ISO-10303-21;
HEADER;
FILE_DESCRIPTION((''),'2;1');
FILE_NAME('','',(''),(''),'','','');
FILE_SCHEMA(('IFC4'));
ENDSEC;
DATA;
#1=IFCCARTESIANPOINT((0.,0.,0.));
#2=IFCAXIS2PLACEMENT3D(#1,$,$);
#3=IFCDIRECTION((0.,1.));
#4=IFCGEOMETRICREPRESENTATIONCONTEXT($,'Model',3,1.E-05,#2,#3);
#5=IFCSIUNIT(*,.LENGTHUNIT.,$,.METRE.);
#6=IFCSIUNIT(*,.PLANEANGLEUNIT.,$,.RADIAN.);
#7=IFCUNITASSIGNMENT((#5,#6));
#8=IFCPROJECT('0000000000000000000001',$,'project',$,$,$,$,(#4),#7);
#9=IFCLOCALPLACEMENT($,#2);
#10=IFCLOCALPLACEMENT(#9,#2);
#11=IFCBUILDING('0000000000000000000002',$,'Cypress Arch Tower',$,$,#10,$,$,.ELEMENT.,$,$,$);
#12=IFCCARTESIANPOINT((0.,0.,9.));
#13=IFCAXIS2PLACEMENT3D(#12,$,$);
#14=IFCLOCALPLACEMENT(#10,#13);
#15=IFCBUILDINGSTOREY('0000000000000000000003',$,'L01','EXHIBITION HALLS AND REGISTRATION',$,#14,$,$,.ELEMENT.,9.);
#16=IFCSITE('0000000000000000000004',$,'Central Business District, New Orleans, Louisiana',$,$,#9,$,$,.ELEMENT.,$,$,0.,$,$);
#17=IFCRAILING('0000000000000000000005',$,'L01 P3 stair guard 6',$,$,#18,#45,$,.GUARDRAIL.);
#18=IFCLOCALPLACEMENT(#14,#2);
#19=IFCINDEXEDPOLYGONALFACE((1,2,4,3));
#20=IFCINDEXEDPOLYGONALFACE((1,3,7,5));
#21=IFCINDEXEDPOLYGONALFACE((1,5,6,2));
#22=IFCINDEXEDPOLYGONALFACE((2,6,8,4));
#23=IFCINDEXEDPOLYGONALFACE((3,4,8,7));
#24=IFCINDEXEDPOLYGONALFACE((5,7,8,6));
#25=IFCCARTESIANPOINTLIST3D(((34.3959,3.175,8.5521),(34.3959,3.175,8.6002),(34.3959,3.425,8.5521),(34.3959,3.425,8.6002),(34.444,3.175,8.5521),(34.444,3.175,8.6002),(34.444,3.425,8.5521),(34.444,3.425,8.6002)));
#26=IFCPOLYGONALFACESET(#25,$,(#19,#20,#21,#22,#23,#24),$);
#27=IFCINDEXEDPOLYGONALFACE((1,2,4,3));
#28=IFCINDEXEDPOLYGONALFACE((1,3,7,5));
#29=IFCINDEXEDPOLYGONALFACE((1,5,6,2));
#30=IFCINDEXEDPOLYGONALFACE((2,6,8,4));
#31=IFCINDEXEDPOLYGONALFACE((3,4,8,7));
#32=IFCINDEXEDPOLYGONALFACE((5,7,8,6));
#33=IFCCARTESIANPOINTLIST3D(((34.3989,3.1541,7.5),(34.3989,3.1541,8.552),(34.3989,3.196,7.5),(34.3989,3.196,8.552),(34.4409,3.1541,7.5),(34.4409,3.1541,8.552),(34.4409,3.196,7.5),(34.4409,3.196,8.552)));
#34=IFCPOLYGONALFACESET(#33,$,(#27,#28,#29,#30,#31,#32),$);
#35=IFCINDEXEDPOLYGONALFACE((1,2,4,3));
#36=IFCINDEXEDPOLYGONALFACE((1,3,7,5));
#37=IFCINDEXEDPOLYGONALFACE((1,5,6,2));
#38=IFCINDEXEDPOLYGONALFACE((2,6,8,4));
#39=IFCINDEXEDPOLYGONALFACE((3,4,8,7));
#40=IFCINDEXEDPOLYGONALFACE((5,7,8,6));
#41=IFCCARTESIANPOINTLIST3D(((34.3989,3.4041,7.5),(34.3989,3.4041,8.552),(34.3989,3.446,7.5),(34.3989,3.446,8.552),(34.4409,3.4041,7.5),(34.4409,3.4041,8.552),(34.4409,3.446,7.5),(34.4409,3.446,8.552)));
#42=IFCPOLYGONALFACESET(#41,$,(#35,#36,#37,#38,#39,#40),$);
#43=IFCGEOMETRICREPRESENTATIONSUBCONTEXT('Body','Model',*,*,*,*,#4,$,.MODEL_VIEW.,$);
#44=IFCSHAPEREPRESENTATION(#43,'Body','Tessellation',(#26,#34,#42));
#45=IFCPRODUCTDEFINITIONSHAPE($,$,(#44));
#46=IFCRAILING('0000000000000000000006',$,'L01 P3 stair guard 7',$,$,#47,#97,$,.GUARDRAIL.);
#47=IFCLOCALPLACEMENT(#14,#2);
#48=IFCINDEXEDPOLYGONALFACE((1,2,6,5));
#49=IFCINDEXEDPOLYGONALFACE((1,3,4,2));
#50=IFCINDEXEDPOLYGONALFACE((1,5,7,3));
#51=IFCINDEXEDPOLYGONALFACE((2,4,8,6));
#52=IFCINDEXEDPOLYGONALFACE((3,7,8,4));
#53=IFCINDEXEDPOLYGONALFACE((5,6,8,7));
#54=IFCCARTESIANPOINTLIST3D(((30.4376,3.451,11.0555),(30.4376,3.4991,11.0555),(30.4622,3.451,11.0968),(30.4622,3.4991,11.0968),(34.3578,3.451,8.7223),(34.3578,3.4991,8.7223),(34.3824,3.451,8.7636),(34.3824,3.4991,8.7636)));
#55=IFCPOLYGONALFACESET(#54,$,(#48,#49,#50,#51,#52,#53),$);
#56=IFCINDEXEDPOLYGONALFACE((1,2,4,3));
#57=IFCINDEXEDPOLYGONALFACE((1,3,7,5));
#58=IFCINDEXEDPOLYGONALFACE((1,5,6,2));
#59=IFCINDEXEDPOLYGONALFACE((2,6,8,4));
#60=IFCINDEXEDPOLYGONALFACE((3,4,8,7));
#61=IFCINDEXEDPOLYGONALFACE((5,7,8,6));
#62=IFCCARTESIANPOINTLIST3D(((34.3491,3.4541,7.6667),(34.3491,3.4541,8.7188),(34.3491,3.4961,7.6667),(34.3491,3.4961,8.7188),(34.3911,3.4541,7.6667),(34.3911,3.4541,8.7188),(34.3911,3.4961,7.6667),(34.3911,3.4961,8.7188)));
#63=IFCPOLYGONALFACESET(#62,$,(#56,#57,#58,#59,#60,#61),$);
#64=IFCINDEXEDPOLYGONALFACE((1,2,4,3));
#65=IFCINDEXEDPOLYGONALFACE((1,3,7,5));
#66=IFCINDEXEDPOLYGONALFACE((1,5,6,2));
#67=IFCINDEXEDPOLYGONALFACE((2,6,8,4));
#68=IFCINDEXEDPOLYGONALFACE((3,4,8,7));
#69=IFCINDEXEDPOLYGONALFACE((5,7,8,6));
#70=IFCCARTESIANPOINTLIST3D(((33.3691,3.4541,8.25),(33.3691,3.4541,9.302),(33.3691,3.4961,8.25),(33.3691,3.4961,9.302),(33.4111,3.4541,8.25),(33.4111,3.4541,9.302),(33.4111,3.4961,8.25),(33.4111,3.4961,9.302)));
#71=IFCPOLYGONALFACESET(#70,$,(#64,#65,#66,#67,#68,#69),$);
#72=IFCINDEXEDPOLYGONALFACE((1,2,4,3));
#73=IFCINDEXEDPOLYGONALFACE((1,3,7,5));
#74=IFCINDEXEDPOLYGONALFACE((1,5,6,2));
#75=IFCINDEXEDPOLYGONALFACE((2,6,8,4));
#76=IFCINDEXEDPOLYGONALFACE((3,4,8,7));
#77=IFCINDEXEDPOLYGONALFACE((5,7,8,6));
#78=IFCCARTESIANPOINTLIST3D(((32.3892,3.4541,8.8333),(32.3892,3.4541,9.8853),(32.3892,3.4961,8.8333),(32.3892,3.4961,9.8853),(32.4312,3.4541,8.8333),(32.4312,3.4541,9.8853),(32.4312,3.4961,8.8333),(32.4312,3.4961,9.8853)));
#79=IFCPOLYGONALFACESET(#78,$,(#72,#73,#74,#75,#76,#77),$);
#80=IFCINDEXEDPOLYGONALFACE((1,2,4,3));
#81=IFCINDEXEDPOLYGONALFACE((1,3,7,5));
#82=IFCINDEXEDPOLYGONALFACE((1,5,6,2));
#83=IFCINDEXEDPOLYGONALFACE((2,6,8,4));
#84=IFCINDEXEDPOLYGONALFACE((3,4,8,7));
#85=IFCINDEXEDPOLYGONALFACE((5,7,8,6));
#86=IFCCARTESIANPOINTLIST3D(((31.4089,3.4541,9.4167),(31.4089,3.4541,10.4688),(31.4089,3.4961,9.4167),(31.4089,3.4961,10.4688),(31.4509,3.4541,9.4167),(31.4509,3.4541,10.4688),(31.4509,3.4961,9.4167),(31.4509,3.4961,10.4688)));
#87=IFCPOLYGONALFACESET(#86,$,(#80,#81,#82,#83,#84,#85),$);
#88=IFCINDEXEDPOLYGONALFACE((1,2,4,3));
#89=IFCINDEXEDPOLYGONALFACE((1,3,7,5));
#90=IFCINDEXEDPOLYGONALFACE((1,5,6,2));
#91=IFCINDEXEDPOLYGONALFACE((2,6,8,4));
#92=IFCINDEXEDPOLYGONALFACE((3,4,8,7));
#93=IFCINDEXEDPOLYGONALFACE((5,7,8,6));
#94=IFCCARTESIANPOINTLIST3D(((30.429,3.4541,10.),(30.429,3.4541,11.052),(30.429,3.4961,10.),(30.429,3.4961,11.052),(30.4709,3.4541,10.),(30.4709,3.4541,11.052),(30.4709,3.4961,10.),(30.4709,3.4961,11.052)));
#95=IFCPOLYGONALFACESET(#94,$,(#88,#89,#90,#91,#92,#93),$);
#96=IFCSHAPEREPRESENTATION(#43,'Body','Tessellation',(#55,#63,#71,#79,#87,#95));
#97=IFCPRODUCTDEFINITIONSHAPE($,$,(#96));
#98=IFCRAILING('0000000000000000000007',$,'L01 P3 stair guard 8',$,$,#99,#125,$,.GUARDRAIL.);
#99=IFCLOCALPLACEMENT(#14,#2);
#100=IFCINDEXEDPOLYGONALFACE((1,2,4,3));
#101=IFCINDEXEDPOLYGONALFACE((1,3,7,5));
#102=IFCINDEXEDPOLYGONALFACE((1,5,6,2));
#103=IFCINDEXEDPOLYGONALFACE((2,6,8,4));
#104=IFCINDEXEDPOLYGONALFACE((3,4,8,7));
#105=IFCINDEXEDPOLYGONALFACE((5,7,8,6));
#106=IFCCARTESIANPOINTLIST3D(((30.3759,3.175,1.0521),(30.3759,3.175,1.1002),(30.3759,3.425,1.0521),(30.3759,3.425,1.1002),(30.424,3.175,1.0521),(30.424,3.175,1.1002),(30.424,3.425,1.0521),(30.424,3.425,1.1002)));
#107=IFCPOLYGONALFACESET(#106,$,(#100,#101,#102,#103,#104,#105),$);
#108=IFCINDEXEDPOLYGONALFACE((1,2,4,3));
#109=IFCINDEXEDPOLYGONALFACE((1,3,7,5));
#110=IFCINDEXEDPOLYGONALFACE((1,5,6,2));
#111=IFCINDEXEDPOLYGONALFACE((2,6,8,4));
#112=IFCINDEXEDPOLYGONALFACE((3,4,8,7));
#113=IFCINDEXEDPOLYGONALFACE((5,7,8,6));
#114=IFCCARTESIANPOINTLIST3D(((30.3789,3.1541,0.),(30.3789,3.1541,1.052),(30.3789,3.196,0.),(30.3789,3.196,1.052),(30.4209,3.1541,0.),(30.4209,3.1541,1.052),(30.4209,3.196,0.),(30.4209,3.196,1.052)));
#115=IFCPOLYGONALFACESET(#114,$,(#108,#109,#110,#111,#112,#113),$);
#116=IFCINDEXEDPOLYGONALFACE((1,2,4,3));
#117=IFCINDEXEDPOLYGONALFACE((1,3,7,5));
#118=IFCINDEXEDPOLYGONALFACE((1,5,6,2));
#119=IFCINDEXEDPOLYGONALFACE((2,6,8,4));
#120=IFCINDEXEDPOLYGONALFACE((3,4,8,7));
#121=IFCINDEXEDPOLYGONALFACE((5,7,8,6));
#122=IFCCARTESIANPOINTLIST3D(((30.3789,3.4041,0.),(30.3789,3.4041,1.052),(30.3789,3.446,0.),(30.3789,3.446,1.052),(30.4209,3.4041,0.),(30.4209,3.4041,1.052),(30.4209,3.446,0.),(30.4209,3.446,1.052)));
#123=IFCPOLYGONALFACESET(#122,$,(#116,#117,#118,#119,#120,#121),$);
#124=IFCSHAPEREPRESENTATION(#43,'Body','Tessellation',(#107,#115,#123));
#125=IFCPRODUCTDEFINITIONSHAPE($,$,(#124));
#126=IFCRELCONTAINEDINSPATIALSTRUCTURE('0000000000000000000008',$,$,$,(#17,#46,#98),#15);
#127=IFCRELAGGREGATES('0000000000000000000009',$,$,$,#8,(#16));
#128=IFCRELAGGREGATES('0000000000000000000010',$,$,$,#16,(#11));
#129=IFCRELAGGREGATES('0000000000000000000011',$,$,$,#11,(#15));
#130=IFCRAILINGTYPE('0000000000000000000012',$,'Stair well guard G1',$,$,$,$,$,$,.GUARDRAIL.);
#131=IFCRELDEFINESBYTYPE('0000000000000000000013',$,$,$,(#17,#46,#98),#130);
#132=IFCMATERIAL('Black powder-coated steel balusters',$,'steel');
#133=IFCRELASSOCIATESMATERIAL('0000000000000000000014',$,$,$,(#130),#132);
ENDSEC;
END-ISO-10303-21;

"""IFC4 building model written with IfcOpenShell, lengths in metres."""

from ifc_helpers import new_model, si_unit, direction, frame, origin, origin_2d, place, context, subcontext, project, spatial, rectangle, extrude, material, type_object, element, save


model = new_model("IFC4")

# Units and contexts
model_context = context("Model", 3, precision=1e-05, world=origin(), true_north=direction((0.0, 1.0)))
body_context = subcontext(model_context, "Body", "Model", "MODEL_VIEW")
ifc_project = project(units=[si_unit("LENGTHUNIT", "METRE"), si_unit("PLANEANGLEUNIT", "RADIAN")], contexts=[model_context])

# Site, building, storey
site_placement = place(None, origin())
site = spatial("IfcSite", under=ifc_project, at=site_placement, Name="Central Business District, New Orleans, Louisiana", CompositionType="ELEMENT", RefElevation=0.0)
building_placement = place(site_placement, origin())
building = spatial("IfcBuilding", under=site, at=building_placement, Name="Cypress Arch Tower", CompositionType="ELEMENT")
storey_placement = place(building_placement, frame((0.0, 0.0, 9.0)))
storey = spatial("IfcBuildingStorey", under=building, at=storey_placement, Name="L01", Description="EXHIBITION HALLS AND REGISTRATION", CompositionType="ELEMENT", Elevation=9.0)

# Railings
ifc_material_1 = material(Name="Black powder-coated steel balusters", Category="steel")
railing_type_1 = type_object("IfcRailingType", Name="Stair well guard G1", PredefinedType="GUARDRAIL", material=ifc_material_1)
railing_1_placement = place(storey_placement, frame((34.4199, 3.175, 7.5)))
element("IfcRailing", 1, at=railing_1_placement, inside=storey, type_object=railing_type_1, Name="L01 P3 stair guard 6", PredefinedType="GUARDRAIL", context=body_context, shape_type="SweptSolid", body=[
    extrude(rectangle(XDim=0.0481, YDim=0.0481, at=origin_2d()), frame((0.0, 0.0, 1.0762), z_axis=(0.0, 1.0, 0.0), x_axis=(-1.0, 0.0, 0.0)), (0.0, 0.0, 1.0), 0.25),
    extrude(rectangle(XDim=0.042, YDim=0.042, at=origin_2d()), origin(), (0.0, 0.0, 1.0), 1.052),
    extrude(rectangle(XDim=0.042, YDim=0.042, at=origin_2d()), frame((0.0, 0.25, 0.0)), (0.0, 0.0, 1.0), 1.052),
])
railing_2_placement = place(storey_placement, frame((34.3701, 3.4751, 7.6667)))
element("IfcRailing", 2, at=railing_2_placement, inside=storey, type_object=railing_type_1, Name="L01 P3 stair guard 7", PredefinedType="GUARDRAIL", context=body_context, shape_type="SweptSolid", body=[
    extrude(rectangle(XDim=0.0481, YDim=0.0481, at=origin_2d()), frame((0.0, 0.0, 1.0762), z_axis=(-0.85931, 0.0, 0.511455), x_axis=(0.0, -1.0, 0.0)), (0.0, 0.0, 1.0), 4.562),
    extrude(rectangle(XDim=0.042, YDim=0.042, at=origin_2d()), origin(), (0.0, 0.0, 1.0), 1.052),
    extrude(rectangle(XDim=0.042, YDim=0.042, at=origin_2d()), frame((-0.98, 0.0, 0.5833)), (0.0, 0.0, 1.0), 1.052),
    extrude(rectangle(XDim=0.042, YDim=0.042, at=origin_2d()), frame((-1.96, 0.0, 1.1665)), (0.0, 0.0, 1.0), 1.052),
    extrude(rectangle(XDim=0.042, YDim=0.042, at=origin_2d()), frame((-2.9402, 0.0, 1.75)), (0.0, 0.0, 1.0), 1.052),
    extrude(rectangle(XDim=0.042, YDim=0.042, at=origin_2d()), frame((-3.9202, 0.0, 2.3333)), (0.0, 0.0, 1.0), 1.052),
])
railing_3_placement = place(storey_placement, frame((30.3999, 3.175, 0.0)))
element("IfcRailing", 3, at=railing_3_placement, inside=storey, type_object=railing_type_1, Name="L01 P3 stair guard 8", PredefinedType="GUARDRAIL", context=body_context, shape_type="SweptSolid", body=[
    extrude(rectangle(XDim=0.0481, YDim=0.0481, at=origin_2d()), frame((0.0, 0.0, 1.0762), z_axis=(0.0, 1.0, 0.0), x_axis=(-1.0, 0.0, 0.0)), (0.0, 0.0, 1.0), 0.25),
    extrude(rectangle(XDim=0.042, YDim=0.042, at=origin_2d()), origin(), (0.0, 0.0, 1.0), 1.052),
    extrude(rectangle(XDim=0.042, YDim=0.042, at=origin_2d()), frame((0.0, 0.25, 0.0)), (0.0, 0.0, 1.0), 1.052),
])

save(model, "model.ifc")
